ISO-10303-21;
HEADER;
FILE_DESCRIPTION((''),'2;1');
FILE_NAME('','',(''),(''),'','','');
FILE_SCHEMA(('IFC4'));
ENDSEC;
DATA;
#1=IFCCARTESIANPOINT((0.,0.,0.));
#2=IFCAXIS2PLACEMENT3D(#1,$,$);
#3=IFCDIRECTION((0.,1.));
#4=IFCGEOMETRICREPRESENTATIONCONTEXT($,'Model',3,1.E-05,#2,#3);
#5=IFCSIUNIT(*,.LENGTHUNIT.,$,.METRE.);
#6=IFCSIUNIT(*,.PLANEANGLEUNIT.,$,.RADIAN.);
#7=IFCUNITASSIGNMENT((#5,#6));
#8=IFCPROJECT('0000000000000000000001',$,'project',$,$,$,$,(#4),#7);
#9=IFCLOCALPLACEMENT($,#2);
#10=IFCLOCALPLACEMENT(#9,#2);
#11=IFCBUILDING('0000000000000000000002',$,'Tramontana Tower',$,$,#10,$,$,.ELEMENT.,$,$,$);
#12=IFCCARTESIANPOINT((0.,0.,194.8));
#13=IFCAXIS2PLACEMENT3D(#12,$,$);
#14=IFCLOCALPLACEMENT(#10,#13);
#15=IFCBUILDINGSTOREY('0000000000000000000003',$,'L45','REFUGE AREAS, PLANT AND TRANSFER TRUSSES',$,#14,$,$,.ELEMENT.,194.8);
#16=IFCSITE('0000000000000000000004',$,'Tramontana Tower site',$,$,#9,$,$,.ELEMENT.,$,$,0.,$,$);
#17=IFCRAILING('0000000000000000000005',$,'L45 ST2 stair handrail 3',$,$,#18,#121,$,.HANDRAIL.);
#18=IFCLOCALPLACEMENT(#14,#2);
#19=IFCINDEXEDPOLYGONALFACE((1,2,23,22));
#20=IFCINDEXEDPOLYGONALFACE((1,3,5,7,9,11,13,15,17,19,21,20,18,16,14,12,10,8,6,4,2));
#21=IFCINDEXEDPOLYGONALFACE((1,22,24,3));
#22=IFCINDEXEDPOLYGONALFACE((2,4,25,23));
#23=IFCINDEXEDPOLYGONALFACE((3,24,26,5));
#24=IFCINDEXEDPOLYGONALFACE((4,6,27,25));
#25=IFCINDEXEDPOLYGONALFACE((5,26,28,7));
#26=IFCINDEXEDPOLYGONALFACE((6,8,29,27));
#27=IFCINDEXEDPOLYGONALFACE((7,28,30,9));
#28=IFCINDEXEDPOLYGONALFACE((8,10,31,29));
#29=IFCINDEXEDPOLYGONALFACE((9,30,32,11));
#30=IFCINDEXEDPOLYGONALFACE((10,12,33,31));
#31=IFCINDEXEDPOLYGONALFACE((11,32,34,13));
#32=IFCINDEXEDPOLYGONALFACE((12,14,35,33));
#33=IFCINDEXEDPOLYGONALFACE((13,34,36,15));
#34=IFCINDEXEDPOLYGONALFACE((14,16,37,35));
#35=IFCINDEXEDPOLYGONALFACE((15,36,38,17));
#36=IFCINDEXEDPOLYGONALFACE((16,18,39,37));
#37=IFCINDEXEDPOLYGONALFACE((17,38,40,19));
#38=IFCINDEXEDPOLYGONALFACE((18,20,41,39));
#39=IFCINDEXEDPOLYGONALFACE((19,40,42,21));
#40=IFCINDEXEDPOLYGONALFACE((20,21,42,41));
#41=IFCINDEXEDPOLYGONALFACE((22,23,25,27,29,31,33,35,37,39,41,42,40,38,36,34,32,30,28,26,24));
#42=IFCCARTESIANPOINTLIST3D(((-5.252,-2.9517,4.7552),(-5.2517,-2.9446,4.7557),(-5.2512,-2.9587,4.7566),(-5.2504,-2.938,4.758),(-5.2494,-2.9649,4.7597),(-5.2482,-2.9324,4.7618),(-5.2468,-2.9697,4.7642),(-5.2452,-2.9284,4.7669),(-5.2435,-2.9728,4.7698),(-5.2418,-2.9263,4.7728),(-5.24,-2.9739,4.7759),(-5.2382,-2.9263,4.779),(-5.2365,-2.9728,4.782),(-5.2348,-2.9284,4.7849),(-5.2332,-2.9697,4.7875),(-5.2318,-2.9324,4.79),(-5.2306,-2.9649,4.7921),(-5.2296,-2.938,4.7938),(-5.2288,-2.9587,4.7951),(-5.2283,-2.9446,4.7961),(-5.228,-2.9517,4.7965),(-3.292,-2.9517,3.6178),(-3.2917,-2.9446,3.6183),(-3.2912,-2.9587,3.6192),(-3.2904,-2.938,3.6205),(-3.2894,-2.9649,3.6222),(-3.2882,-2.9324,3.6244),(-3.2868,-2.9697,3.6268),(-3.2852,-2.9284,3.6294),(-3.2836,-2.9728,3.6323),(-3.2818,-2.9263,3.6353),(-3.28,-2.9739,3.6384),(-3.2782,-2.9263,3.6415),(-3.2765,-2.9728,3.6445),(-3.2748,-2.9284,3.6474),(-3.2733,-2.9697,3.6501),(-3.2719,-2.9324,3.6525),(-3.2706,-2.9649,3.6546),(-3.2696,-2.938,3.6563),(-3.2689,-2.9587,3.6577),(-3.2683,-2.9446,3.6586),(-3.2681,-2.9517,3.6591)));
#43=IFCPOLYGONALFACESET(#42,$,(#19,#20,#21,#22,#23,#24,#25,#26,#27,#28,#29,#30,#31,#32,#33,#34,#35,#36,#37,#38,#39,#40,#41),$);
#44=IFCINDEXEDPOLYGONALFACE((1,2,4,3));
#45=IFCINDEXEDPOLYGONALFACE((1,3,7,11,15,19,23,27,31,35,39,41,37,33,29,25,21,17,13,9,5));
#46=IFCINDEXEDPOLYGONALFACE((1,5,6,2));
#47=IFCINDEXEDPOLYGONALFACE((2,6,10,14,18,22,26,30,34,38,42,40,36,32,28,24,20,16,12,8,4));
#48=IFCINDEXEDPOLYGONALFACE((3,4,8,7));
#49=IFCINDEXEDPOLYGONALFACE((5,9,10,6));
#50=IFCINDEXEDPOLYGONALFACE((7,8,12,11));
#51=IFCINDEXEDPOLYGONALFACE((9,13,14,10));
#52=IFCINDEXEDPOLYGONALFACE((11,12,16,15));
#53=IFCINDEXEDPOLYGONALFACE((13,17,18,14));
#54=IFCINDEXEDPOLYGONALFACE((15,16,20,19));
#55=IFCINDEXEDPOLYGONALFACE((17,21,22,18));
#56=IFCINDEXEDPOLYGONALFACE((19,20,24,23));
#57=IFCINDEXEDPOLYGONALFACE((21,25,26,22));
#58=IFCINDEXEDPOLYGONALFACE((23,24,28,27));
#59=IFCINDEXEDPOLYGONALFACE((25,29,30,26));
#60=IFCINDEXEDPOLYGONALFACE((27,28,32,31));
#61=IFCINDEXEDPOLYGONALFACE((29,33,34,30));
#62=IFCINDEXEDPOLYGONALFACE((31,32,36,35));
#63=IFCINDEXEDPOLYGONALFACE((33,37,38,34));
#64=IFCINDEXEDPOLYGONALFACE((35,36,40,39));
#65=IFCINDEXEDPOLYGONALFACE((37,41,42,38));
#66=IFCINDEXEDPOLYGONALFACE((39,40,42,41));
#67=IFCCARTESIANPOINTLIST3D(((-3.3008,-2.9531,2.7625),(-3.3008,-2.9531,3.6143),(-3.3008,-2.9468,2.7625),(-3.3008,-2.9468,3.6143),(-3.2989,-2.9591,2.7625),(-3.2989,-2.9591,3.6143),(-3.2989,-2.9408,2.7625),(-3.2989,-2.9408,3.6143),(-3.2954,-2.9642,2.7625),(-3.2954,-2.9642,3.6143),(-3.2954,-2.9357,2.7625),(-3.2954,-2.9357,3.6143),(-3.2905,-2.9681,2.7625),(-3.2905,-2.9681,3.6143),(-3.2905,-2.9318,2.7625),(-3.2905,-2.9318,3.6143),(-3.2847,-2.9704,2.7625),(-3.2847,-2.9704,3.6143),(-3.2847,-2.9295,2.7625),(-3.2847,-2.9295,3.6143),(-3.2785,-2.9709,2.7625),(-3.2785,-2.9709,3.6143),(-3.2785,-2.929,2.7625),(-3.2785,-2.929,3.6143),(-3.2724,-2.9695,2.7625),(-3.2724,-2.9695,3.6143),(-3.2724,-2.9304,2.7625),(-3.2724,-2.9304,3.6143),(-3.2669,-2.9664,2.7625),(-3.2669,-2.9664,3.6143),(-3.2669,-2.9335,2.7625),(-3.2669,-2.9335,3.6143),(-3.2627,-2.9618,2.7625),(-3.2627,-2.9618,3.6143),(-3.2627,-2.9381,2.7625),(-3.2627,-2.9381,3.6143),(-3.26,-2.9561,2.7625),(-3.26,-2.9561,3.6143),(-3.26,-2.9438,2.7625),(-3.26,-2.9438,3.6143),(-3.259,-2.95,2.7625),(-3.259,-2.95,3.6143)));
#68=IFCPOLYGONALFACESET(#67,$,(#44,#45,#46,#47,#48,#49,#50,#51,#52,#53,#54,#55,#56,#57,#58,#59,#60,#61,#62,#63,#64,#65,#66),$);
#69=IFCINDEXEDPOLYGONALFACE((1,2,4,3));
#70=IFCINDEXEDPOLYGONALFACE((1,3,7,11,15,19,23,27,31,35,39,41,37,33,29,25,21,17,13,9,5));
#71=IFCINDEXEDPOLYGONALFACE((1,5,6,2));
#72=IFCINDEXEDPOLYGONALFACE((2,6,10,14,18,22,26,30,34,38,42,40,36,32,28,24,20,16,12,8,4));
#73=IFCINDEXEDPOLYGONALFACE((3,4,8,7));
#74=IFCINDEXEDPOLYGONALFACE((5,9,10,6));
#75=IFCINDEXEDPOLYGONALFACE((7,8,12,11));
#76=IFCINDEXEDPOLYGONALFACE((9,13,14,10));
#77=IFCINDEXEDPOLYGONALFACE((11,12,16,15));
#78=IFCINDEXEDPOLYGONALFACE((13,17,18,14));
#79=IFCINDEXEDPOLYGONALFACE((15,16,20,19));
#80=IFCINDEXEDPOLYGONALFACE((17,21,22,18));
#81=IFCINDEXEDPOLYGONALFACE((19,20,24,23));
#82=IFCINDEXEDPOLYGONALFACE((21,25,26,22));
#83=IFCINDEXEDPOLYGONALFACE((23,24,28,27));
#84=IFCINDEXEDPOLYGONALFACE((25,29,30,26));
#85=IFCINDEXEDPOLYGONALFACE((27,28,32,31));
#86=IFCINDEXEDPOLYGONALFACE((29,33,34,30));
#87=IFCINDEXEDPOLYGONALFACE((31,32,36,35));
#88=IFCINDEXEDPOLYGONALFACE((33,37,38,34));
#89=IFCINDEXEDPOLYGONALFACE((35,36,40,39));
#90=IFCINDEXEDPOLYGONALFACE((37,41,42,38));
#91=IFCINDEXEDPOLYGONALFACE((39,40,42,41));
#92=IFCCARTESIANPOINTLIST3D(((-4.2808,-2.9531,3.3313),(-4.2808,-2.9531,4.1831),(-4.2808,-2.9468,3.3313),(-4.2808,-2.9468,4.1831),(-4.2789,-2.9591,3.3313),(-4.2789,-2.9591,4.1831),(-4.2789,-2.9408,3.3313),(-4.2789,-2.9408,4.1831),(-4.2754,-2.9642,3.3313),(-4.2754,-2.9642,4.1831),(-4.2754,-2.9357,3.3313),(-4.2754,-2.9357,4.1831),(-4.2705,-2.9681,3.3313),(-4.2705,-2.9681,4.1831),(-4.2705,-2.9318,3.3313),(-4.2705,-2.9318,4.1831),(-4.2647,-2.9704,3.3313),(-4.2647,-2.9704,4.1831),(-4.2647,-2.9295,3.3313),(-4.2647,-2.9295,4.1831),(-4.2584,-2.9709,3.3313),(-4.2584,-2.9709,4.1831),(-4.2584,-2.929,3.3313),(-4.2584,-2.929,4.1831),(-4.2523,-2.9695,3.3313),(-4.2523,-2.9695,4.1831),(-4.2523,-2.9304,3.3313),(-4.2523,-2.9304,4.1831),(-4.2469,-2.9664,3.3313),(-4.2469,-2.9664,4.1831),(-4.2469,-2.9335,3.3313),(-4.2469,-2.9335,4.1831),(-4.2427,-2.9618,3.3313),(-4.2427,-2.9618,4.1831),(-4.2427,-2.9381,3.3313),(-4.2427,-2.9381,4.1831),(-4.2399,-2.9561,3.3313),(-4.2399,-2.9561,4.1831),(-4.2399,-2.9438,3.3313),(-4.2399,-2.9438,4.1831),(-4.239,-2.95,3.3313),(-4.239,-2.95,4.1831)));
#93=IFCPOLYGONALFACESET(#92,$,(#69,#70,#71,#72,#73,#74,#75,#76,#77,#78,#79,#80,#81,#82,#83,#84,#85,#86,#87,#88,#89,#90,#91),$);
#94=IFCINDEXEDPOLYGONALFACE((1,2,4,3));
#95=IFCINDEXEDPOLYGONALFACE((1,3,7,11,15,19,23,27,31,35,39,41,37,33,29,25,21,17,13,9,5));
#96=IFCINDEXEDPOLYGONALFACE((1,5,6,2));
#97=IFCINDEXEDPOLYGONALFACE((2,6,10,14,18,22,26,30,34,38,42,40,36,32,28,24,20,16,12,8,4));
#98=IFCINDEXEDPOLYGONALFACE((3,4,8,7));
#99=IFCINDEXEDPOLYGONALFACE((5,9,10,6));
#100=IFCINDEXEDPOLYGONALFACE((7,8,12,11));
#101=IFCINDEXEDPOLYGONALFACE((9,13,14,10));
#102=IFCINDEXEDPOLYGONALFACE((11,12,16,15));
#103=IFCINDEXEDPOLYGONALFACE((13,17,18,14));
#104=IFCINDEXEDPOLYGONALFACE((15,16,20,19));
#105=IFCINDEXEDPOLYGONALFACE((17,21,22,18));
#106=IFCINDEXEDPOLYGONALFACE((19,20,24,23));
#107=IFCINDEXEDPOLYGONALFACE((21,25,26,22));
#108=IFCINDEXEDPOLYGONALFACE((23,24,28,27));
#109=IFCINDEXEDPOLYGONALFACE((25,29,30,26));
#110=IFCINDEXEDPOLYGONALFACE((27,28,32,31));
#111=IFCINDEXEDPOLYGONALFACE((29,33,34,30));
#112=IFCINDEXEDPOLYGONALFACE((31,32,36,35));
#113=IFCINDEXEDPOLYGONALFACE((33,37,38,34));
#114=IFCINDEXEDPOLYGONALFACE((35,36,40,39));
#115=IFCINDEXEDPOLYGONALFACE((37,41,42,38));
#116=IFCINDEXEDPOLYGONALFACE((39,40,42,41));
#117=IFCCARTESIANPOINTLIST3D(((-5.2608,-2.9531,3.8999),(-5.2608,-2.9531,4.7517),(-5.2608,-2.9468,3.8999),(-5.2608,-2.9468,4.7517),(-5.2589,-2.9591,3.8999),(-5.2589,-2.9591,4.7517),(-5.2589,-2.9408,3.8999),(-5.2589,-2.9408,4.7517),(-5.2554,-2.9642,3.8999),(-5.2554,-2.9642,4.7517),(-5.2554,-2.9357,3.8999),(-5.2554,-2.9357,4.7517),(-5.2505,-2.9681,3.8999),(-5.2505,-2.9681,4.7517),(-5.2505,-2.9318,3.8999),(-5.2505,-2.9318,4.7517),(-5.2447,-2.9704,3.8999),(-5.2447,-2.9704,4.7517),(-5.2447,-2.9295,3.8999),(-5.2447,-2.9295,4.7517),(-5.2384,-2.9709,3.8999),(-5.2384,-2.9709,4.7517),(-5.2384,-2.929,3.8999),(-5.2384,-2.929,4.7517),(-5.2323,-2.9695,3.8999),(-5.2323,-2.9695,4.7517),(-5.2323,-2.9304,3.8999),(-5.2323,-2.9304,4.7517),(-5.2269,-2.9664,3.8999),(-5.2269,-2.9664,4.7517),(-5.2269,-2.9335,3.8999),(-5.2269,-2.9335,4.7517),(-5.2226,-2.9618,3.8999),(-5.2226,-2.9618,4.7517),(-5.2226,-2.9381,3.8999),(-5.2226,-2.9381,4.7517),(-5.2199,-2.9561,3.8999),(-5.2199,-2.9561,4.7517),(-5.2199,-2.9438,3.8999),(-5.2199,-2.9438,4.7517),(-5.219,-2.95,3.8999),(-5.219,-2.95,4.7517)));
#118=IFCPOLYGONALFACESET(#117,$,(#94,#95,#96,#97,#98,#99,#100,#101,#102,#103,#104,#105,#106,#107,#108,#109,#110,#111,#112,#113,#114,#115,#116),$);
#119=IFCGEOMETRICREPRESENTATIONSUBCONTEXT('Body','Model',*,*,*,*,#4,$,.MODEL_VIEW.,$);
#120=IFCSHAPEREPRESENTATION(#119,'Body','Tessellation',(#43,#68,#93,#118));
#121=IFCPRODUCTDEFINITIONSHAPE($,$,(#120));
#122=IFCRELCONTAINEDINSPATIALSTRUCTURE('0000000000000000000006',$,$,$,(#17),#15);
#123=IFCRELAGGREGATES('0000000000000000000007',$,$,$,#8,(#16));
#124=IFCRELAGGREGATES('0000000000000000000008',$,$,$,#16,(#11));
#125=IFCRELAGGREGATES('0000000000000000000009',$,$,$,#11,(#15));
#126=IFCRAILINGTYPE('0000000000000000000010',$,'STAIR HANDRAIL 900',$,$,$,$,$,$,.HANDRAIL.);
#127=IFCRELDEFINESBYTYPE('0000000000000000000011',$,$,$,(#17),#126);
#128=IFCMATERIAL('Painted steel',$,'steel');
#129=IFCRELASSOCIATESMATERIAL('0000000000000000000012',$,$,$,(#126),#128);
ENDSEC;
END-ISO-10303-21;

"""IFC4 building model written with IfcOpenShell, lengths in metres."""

from ifc_helpers import new_model, si_unit, direction, frame, origin, origin_2d, place, context, subcontext, project, spatial, circle, extrude, material, type_object, element, save


model = new_model("IFC4")

# Units and contexts
model_context = context("Model", 3, precision=1e-05, world=origin(), true_north=direction((0.0, 1.0)))
body_context = subcontext(model_context, "Body", "Model", "MODEL_VIEW")
ifc_project = project(units=[si_unit("LENGTHUNIT", "METRE"), si_unit("PLANEANGLEUNIT", "RADIAN")], contexts=[model_context])

# Site, building, storey
site_placement = place(None, origin())
site = spatial("IfcSite", under=ifc_project, at=site_placement, Name="Tramontana Tower site", CompositionType="ELEMENT", RefElevation=0.0)
building_placement = place(site_placement, origin())
building = spatial("IfcBuilding", under=site, at=building_placement, Name="Tramontana Tower", CompositionType="ELEMENT")
storey_placement = place(building_placement, frame((0.0, 0.0, 194.8)))
storey = spatial("IfcBuildingStorey", under=building, at=storey_placement, Name="L45", Description="REFUGE AREAS, PLANT AND TRANSFER TRUSSES", CompositionType="ELEMENT", Elevation=194.8)

# Railing
ifc_material_1 = material(Name="Painted steel", Category="steel")
railing_type_1 = type_object("IfcRailingType", Name="STAIR HANDRAIL 900", PredefinedType="HANDRAIL", material=ifc_material_1)
railing_1_placement = place(storey_placement, frame((-3.28, -2.95, 2.7625)))
element("IfcRailing", 1, at=railing_1_placement, inside=storey, type_object=railing_type_1, Name="L45 ST2 stair handrail 3", PredefinedType="HANDRAIL", context=body_context, shape_type="SweptSolid", body=[
    extrude(circle(Radius=0.0239, at=origin_2d()), frame((0.0, 0.0, 0.876), z_axis=(-0.864902, 0.0, 0.501941), x_axis=(0.0, -1.0, 0.0)), (0.0, 0.0, 1.0), 2.2661),
    extrude(circle(Radius=0.021, at=origin_2d()), origin(), (0.0, 0.0, 1.0), 0.8518),
    extrude(circle(Radius=0.021, at=origin_2d()), frame((-0.98, 0.0, 0.5688)), (0.0, 0.0, 1.0), 0.8518),
    extrude(circle(Radius=0.021, at=origin_2d()), frame((-1.96, 0.0, 1.1375)), (0.0, 0.0, 1.0), 0.8518),
])

save(model, "model.ifc")
